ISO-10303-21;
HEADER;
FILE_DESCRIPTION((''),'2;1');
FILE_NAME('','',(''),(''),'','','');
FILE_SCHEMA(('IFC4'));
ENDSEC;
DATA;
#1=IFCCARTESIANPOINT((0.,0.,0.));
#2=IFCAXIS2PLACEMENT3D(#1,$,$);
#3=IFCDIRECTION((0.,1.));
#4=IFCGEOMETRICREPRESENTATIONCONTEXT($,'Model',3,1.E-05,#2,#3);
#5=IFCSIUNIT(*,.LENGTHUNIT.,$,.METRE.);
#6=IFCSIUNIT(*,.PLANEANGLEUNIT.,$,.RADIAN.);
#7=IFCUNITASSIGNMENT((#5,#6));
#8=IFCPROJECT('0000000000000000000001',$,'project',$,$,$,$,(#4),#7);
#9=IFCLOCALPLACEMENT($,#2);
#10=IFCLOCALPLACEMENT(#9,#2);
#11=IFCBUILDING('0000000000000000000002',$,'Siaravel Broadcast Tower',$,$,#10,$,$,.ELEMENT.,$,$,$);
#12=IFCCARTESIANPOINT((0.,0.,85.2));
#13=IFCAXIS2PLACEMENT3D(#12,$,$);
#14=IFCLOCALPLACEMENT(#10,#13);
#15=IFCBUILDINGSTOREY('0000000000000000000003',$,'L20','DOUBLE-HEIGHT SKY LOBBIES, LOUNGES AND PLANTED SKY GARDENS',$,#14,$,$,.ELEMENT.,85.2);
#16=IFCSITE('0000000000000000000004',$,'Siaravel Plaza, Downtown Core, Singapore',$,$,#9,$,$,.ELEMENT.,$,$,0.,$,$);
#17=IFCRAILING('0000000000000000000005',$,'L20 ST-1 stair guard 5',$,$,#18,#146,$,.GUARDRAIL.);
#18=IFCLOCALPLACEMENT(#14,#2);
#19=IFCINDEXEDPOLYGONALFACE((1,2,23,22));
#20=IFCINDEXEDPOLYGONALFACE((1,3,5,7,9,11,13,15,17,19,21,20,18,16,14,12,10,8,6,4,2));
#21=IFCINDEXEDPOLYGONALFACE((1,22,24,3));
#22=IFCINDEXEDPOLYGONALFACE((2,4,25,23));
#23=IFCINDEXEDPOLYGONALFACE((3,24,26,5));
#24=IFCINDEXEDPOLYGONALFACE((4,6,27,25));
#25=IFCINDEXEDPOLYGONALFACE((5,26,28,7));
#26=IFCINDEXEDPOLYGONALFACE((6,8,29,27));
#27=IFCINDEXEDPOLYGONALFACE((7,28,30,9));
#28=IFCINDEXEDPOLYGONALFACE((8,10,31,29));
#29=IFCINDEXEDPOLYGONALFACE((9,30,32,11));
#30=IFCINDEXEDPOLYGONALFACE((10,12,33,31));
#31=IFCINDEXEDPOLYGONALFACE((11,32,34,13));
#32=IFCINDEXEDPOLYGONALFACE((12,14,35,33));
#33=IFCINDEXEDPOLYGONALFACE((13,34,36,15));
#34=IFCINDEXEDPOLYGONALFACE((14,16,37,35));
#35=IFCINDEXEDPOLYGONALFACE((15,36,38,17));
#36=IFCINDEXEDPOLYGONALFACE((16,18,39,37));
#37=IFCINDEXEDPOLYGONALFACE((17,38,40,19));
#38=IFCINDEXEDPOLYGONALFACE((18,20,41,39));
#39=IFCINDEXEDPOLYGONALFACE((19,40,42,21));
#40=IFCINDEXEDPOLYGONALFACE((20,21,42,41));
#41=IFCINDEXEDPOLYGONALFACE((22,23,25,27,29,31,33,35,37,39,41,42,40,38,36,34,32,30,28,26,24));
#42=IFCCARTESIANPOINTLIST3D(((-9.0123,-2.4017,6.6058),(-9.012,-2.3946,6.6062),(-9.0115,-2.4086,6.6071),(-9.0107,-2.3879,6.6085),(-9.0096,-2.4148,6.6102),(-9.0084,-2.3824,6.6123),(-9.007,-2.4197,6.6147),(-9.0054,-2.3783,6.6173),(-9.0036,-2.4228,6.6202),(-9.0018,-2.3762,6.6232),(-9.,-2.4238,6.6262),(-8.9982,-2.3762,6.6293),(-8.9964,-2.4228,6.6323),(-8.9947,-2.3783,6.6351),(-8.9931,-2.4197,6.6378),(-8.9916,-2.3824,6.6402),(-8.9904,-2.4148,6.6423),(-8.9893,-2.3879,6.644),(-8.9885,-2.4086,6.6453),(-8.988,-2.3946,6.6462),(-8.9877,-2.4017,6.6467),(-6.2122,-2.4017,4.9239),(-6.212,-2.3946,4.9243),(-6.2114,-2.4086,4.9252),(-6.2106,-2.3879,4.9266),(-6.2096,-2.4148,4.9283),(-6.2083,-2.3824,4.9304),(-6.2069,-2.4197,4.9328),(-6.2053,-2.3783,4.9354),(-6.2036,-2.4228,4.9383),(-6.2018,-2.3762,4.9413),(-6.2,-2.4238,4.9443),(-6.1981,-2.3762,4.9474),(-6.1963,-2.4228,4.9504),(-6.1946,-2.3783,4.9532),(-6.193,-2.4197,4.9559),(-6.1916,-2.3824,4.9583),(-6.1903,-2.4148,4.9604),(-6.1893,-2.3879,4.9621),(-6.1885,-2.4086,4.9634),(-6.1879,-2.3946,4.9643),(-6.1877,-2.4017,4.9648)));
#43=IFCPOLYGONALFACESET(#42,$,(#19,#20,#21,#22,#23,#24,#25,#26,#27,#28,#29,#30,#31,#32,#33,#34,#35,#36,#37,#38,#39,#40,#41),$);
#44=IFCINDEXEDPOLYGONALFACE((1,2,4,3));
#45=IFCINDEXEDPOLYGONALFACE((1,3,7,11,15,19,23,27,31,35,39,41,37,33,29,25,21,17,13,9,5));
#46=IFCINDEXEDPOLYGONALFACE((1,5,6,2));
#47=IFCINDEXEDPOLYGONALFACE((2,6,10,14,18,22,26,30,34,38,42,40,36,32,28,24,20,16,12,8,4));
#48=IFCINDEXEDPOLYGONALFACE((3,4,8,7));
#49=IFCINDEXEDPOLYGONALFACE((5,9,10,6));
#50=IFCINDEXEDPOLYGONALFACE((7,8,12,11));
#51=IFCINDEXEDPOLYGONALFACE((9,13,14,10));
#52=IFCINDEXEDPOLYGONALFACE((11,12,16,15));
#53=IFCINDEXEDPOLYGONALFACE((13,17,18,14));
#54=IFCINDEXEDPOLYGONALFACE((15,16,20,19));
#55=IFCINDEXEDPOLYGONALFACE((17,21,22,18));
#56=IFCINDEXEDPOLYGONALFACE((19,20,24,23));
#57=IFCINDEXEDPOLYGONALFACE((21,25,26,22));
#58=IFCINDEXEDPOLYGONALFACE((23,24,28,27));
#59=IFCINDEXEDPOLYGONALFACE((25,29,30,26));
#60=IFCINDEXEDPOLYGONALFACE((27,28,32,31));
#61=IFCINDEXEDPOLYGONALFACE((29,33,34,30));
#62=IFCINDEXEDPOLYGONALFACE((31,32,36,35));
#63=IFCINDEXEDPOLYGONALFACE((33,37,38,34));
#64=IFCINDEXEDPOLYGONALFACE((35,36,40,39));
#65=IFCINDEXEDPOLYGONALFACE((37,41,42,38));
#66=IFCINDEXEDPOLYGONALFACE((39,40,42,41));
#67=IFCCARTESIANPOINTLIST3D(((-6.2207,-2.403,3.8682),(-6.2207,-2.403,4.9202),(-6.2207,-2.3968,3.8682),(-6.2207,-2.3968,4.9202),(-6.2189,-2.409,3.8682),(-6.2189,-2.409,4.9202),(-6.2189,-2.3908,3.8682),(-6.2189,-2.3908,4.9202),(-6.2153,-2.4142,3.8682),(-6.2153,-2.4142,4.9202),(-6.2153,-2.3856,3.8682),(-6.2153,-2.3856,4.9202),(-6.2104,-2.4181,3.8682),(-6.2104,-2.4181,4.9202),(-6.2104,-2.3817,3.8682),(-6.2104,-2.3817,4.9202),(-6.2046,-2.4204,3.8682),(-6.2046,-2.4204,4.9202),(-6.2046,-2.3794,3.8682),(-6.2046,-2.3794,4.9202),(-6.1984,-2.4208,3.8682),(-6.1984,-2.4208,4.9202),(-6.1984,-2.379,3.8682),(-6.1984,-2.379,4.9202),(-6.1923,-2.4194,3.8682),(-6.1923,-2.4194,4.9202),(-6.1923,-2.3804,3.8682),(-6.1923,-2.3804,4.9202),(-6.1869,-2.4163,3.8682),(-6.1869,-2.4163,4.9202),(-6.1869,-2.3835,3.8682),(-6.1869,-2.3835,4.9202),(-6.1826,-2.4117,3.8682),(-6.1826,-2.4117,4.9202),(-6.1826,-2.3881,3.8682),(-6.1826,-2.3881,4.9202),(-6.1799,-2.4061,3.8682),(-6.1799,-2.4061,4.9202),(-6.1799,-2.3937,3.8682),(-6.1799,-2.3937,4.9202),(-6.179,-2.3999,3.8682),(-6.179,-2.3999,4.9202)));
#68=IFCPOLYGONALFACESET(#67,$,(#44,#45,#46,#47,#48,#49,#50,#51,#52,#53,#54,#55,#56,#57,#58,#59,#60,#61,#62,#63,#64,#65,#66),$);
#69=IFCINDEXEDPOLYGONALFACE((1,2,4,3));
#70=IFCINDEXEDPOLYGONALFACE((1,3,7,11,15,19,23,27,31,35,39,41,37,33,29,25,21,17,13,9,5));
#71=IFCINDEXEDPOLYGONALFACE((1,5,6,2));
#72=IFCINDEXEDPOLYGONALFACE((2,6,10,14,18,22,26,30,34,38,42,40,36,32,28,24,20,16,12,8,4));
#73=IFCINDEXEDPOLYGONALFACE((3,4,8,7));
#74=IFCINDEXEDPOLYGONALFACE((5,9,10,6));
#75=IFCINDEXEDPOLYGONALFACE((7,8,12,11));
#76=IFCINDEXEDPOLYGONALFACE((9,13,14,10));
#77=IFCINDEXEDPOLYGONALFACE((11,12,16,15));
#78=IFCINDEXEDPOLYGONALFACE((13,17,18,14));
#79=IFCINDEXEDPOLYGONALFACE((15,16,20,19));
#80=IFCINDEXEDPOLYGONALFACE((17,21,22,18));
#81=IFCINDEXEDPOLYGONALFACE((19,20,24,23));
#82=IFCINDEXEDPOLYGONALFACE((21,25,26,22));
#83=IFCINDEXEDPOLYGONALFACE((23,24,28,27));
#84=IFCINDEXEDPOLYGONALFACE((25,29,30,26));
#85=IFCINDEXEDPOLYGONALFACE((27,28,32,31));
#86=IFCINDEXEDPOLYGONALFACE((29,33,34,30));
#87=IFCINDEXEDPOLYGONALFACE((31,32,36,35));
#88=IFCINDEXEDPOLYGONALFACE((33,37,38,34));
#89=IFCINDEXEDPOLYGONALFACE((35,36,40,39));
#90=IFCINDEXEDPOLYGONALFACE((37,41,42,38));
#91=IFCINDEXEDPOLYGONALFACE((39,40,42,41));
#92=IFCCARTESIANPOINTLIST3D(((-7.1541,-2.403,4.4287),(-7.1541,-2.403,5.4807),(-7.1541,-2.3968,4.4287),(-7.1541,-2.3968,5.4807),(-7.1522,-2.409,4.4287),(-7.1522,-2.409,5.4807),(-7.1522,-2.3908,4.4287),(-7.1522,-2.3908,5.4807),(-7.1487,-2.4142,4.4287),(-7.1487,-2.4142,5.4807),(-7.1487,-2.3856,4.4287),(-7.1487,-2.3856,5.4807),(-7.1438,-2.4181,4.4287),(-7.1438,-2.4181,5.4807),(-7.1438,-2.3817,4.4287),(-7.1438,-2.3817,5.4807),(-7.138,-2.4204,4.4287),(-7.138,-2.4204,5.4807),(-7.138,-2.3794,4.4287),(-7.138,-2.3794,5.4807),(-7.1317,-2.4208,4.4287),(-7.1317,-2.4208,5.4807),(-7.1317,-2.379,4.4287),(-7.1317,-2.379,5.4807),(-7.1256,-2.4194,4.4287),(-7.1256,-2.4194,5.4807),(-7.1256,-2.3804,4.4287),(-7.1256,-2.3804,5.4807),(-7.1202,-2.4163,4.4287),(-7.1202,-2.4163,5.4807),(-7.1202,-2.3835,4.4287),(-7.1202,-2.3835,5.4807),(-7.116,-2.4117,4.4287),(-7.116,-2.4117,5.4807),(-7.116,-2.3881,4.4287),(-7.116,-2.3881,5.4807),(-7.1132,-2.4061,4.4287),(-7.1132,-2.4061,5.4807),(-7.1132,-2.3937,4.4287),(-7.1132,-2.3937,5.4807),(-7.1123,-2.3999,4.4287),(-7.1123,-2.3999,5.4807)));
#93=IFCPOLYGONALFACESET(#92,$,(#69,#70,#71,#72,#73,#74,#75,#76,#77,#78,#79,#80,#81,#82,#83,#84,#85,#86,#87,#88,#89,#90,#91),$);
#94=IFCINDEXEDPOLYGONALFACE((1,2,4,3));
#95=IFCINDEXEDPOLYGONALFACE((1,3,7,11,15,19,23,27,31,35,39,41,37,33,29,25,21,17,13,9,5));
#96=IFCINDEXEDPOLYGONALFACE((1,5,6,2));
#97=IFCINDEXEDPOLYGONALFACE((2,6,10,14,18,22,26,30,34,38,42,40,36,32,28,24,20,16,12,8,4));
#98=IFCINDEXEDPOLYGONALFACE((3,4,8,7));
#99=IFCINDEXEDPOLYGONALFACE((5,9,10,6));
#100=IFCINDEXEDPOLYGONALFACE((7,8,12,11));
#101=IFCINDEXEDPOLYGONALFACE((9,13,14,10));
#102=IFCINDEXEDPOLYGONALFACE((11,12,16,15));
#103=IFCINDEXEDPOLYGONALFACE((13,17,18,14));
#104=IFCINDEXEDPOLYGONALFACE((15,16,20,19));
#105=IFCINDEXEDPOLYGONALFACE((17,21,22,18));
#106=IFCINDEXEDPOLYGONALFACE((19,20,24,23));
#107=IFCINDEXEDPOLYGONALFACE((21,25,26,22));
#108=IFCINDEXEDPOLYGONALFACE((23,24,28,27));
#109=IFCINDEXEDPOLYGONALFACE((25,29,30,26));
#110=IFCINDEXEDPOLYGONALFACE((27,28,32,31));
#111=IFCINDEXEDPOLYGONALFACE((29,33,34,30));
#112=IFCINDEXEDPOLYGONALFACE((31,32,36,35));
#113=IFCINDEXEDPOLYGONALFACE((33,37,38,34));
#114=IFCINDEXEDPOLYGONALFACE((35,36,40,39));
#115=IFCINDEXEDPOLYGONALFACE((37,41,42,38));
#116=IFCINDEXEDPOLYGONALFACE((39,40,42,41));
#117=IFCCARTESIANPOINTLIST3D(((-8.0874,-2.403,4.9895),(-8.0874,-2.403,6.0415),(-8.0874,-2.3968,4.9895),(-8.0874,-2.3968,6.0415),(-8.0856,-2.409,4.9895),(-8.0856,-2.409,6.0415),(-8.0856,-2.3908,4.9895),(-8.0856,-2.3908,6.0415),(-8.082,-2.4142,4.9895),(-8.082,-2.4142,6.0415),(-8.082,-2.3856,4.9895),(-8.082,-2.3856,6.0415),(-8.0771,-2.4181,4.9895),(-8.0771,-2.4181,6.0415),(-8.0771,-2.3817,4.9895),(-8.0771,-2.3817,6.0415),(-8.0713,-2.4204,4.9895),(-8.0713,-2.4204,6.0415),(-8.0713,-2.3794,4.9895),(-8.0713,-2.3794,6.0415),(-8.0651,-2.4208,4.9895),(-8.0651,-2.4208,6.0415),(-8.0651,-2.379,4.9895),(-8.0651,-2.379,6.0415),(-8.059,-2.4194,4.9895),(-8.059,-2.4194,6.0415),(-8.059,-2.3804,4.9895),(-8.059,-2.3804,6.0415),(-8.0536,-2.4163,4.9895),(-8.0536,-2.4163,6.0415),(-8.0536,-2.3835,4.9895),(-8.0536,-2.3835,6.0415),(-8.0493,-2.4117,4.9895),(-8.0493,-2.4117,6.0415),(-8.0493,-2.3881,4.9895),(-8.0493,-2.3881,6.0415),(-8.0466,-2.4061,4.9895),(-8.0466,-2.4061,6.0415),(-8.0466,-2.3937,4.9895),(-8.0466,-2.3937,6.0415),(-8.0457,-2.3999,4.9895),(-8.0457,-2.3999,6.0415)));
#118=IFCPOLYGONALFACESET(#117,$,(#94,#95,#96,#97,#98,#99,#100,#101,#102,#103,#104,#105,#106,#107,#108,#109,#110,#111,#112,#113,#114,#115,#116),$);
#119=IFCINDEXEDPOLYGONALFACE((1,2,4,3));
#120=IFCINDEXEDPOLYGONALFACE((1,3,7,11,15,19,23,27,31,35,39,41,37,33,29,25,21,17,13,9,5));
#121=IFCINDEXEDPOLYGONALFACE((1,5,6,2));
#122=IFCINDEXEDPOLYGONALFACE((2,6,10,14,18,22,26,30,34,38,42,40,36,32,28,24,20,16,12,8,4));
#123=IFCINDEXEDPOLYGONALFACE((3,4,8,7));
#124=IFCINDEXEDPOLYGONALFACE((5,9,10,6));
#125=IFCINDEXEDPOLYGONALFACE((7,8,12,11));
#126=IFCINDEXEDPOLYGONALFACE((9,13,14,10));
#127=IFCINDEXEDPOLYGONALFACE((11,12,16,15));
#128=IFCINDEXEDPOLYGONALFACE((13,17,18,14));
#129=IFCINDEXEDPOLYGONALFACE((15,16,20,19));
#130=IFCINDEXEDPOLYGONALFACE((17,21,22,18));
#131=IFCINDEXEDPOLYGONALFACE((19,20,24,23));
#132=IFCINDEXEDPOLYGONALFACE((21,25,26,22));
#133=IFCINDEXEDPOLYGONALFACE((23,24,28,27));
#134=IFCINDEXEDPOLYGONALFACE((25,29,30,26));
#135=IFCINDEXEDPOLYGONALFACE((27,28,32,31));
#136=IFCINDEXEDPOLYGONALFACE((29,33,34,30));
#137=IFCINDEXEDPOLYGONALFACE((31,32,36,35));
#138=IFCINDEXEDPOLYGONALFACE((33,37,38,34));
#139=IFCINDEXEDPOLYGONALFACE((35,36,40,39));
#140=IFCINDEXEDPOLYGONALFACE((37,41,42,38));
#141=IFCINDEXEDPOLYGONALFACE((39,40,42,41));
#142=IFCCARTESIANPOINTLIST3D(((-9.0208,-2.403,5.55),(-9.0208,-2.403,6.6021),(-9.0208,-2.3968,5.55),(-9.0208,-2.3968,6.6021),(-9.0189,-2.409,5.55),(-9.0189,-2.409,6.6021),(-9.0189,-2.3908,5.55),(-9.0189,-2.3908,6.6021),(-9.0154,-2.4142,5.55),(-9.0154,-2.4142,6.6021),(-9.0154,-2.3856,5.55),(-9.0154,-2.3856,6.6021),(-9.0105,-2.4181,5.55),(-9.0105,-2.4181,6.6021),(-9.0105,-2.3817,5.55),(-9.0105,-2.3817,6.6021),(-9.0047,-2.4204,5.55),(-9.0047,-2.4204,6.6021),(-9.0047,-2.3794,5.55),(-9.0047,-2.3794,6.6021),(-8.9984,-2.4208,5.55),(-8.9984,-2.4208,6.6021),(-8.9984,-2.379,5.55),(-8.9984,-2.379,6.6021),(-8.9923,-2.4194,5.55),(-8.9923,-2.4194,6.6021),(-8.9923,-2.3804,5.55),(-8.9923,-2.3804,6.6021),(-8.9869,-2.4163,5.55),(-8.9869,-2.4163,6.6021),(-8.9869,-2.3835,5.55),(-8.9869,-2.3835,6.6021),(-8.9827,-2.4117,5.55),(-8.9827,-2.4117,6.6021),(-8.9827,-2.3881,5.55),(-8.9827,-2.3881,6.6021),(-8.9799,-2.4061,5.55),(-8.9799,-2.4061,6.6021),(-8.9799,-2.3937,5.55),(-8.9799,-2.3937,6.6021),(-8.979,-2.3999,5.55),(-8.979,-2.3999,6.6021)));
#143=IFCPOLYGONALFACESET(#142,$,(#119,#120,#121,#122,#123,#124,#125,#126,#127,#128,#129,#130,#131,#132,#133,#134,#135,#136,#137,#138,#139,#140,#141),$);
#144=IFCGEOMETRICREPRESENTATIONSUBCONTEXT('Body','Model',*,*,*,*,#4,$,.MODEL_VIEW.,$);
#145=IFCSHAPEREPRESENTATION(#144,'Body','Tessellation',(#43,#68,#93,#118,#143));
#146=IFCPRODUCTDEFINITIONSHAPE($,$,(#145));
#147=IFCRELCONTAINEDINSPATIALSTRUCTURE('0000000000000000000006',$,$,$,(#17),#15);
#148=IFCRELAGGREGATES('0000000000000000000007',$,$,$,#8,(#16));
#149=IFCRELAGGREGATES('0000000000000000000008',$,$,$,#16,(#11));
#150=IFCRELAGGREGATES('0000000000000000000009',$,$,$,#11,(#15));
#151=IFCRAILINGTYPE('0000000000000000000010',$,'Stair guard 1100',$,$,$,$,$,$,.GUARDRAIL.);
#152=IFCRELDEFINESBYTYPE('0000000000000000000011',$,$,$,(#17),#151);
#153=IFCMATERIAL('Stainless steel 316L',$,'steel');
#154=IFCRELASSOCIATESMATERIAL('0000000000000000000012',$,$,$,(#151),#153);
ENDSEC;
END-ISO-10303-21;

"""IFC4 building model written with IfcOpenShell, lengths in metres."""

from ifc_helpers import new_model, si_unit, direction, frame, origin, origin_2d, place, context, subcontext, project, spatial, circle, extrude, material, type_object, element, save


model = new_model("IFC4")

# Units and contexts
model_context = context("Model", 3, precision=1e-05, world=origin(), true_north=direction((0.0, 1.0)))
body_context = subcontext(model_context, "Body", "Model", "MODEL_VIEW")
ifc_project = project(units=[si_unit("LENGTHUNIT", "METRE"), si_unit("PLANEANGLEUNIT", "RADIAN")], contexts=[model_context])

# Site, building, storey
site_placement = place(None, origin())
site = spatial("IfcSite", under=ifc_project, at=site_placement, Name="Siaravel Plaza, Downtown Core, Singapore", CompositionType="ELEMENT", RefElevation=0.0)
building_placement = place(site_placement, origin())
building = spatial("IfcBuilding", under=site, at=building_placement, Name="Siaravel Broadcast Tower", CompositionType="ELEMENT")
storey_placement = place(building_placement, frame((0.0, 0.0, 85.2)))
storey = spatial("IfcBuildingStorey", under=building, at=storey_placement, Name="L20", Description="DOUBLE-HEIGHT SKY LOBBIES, LOUNGES AND PLANTED SKY GARDENS", CompositionType="ELEMENT", Elevation=85.2)

# Railing
ifc_material_1 = material(Name="Stainless steel 316L", Category="steel")
railing_type_1 = type_object("IfcRailingType", Name="Stair guard 1100", PredefinedType="GUARDRAIL", material=ifc_material_1)
railing_1_placement = place(storey_placement, frame((-6.2, -2.3999, 3.8682)))
element("IfcRailing", 1, at=railing_1_placement, inside=storey, type_object=railing_type_1, Name="L20 ST-1 stair guard 5", PredefinedType="GUARDRAIL", context=body_context, shape_type="SweptSolid", body=[
    extrude(circle(Radius=0.0239, at=origin_2d()), frame((0.0, 0.0, 1.0762), z_axis=(-0.857242, 0.0, 0.514913), x_axis=(0.0, -1.0, 0.0)), (0.0, 0.0, 1.0), 3.2664),
    extrude(circle(Radius=0.021, at=origin_2d()), origin(), (0.0, 0.0, 1.0), 1.052),
    extrude(circle(Radius=0.021, at=origin_2d()), frame((-0.9333, 0.0, 0.5605)), (0.0, 0.0, 1.0), 1.052),
    extrude(circle(Radius=0.021, at=origin_2d()), frame((-1.8667, 0.0, 1.1213)), (0.0, 0.0, 1.0), 1.052),
    extrude(circle(Radius=0.021, at=origin_2d()), frame((-2.8, 0.0, 1.6819)), (0.0, 0.0, 1.0), 1.052),
])

save(model, "model.ifc")
